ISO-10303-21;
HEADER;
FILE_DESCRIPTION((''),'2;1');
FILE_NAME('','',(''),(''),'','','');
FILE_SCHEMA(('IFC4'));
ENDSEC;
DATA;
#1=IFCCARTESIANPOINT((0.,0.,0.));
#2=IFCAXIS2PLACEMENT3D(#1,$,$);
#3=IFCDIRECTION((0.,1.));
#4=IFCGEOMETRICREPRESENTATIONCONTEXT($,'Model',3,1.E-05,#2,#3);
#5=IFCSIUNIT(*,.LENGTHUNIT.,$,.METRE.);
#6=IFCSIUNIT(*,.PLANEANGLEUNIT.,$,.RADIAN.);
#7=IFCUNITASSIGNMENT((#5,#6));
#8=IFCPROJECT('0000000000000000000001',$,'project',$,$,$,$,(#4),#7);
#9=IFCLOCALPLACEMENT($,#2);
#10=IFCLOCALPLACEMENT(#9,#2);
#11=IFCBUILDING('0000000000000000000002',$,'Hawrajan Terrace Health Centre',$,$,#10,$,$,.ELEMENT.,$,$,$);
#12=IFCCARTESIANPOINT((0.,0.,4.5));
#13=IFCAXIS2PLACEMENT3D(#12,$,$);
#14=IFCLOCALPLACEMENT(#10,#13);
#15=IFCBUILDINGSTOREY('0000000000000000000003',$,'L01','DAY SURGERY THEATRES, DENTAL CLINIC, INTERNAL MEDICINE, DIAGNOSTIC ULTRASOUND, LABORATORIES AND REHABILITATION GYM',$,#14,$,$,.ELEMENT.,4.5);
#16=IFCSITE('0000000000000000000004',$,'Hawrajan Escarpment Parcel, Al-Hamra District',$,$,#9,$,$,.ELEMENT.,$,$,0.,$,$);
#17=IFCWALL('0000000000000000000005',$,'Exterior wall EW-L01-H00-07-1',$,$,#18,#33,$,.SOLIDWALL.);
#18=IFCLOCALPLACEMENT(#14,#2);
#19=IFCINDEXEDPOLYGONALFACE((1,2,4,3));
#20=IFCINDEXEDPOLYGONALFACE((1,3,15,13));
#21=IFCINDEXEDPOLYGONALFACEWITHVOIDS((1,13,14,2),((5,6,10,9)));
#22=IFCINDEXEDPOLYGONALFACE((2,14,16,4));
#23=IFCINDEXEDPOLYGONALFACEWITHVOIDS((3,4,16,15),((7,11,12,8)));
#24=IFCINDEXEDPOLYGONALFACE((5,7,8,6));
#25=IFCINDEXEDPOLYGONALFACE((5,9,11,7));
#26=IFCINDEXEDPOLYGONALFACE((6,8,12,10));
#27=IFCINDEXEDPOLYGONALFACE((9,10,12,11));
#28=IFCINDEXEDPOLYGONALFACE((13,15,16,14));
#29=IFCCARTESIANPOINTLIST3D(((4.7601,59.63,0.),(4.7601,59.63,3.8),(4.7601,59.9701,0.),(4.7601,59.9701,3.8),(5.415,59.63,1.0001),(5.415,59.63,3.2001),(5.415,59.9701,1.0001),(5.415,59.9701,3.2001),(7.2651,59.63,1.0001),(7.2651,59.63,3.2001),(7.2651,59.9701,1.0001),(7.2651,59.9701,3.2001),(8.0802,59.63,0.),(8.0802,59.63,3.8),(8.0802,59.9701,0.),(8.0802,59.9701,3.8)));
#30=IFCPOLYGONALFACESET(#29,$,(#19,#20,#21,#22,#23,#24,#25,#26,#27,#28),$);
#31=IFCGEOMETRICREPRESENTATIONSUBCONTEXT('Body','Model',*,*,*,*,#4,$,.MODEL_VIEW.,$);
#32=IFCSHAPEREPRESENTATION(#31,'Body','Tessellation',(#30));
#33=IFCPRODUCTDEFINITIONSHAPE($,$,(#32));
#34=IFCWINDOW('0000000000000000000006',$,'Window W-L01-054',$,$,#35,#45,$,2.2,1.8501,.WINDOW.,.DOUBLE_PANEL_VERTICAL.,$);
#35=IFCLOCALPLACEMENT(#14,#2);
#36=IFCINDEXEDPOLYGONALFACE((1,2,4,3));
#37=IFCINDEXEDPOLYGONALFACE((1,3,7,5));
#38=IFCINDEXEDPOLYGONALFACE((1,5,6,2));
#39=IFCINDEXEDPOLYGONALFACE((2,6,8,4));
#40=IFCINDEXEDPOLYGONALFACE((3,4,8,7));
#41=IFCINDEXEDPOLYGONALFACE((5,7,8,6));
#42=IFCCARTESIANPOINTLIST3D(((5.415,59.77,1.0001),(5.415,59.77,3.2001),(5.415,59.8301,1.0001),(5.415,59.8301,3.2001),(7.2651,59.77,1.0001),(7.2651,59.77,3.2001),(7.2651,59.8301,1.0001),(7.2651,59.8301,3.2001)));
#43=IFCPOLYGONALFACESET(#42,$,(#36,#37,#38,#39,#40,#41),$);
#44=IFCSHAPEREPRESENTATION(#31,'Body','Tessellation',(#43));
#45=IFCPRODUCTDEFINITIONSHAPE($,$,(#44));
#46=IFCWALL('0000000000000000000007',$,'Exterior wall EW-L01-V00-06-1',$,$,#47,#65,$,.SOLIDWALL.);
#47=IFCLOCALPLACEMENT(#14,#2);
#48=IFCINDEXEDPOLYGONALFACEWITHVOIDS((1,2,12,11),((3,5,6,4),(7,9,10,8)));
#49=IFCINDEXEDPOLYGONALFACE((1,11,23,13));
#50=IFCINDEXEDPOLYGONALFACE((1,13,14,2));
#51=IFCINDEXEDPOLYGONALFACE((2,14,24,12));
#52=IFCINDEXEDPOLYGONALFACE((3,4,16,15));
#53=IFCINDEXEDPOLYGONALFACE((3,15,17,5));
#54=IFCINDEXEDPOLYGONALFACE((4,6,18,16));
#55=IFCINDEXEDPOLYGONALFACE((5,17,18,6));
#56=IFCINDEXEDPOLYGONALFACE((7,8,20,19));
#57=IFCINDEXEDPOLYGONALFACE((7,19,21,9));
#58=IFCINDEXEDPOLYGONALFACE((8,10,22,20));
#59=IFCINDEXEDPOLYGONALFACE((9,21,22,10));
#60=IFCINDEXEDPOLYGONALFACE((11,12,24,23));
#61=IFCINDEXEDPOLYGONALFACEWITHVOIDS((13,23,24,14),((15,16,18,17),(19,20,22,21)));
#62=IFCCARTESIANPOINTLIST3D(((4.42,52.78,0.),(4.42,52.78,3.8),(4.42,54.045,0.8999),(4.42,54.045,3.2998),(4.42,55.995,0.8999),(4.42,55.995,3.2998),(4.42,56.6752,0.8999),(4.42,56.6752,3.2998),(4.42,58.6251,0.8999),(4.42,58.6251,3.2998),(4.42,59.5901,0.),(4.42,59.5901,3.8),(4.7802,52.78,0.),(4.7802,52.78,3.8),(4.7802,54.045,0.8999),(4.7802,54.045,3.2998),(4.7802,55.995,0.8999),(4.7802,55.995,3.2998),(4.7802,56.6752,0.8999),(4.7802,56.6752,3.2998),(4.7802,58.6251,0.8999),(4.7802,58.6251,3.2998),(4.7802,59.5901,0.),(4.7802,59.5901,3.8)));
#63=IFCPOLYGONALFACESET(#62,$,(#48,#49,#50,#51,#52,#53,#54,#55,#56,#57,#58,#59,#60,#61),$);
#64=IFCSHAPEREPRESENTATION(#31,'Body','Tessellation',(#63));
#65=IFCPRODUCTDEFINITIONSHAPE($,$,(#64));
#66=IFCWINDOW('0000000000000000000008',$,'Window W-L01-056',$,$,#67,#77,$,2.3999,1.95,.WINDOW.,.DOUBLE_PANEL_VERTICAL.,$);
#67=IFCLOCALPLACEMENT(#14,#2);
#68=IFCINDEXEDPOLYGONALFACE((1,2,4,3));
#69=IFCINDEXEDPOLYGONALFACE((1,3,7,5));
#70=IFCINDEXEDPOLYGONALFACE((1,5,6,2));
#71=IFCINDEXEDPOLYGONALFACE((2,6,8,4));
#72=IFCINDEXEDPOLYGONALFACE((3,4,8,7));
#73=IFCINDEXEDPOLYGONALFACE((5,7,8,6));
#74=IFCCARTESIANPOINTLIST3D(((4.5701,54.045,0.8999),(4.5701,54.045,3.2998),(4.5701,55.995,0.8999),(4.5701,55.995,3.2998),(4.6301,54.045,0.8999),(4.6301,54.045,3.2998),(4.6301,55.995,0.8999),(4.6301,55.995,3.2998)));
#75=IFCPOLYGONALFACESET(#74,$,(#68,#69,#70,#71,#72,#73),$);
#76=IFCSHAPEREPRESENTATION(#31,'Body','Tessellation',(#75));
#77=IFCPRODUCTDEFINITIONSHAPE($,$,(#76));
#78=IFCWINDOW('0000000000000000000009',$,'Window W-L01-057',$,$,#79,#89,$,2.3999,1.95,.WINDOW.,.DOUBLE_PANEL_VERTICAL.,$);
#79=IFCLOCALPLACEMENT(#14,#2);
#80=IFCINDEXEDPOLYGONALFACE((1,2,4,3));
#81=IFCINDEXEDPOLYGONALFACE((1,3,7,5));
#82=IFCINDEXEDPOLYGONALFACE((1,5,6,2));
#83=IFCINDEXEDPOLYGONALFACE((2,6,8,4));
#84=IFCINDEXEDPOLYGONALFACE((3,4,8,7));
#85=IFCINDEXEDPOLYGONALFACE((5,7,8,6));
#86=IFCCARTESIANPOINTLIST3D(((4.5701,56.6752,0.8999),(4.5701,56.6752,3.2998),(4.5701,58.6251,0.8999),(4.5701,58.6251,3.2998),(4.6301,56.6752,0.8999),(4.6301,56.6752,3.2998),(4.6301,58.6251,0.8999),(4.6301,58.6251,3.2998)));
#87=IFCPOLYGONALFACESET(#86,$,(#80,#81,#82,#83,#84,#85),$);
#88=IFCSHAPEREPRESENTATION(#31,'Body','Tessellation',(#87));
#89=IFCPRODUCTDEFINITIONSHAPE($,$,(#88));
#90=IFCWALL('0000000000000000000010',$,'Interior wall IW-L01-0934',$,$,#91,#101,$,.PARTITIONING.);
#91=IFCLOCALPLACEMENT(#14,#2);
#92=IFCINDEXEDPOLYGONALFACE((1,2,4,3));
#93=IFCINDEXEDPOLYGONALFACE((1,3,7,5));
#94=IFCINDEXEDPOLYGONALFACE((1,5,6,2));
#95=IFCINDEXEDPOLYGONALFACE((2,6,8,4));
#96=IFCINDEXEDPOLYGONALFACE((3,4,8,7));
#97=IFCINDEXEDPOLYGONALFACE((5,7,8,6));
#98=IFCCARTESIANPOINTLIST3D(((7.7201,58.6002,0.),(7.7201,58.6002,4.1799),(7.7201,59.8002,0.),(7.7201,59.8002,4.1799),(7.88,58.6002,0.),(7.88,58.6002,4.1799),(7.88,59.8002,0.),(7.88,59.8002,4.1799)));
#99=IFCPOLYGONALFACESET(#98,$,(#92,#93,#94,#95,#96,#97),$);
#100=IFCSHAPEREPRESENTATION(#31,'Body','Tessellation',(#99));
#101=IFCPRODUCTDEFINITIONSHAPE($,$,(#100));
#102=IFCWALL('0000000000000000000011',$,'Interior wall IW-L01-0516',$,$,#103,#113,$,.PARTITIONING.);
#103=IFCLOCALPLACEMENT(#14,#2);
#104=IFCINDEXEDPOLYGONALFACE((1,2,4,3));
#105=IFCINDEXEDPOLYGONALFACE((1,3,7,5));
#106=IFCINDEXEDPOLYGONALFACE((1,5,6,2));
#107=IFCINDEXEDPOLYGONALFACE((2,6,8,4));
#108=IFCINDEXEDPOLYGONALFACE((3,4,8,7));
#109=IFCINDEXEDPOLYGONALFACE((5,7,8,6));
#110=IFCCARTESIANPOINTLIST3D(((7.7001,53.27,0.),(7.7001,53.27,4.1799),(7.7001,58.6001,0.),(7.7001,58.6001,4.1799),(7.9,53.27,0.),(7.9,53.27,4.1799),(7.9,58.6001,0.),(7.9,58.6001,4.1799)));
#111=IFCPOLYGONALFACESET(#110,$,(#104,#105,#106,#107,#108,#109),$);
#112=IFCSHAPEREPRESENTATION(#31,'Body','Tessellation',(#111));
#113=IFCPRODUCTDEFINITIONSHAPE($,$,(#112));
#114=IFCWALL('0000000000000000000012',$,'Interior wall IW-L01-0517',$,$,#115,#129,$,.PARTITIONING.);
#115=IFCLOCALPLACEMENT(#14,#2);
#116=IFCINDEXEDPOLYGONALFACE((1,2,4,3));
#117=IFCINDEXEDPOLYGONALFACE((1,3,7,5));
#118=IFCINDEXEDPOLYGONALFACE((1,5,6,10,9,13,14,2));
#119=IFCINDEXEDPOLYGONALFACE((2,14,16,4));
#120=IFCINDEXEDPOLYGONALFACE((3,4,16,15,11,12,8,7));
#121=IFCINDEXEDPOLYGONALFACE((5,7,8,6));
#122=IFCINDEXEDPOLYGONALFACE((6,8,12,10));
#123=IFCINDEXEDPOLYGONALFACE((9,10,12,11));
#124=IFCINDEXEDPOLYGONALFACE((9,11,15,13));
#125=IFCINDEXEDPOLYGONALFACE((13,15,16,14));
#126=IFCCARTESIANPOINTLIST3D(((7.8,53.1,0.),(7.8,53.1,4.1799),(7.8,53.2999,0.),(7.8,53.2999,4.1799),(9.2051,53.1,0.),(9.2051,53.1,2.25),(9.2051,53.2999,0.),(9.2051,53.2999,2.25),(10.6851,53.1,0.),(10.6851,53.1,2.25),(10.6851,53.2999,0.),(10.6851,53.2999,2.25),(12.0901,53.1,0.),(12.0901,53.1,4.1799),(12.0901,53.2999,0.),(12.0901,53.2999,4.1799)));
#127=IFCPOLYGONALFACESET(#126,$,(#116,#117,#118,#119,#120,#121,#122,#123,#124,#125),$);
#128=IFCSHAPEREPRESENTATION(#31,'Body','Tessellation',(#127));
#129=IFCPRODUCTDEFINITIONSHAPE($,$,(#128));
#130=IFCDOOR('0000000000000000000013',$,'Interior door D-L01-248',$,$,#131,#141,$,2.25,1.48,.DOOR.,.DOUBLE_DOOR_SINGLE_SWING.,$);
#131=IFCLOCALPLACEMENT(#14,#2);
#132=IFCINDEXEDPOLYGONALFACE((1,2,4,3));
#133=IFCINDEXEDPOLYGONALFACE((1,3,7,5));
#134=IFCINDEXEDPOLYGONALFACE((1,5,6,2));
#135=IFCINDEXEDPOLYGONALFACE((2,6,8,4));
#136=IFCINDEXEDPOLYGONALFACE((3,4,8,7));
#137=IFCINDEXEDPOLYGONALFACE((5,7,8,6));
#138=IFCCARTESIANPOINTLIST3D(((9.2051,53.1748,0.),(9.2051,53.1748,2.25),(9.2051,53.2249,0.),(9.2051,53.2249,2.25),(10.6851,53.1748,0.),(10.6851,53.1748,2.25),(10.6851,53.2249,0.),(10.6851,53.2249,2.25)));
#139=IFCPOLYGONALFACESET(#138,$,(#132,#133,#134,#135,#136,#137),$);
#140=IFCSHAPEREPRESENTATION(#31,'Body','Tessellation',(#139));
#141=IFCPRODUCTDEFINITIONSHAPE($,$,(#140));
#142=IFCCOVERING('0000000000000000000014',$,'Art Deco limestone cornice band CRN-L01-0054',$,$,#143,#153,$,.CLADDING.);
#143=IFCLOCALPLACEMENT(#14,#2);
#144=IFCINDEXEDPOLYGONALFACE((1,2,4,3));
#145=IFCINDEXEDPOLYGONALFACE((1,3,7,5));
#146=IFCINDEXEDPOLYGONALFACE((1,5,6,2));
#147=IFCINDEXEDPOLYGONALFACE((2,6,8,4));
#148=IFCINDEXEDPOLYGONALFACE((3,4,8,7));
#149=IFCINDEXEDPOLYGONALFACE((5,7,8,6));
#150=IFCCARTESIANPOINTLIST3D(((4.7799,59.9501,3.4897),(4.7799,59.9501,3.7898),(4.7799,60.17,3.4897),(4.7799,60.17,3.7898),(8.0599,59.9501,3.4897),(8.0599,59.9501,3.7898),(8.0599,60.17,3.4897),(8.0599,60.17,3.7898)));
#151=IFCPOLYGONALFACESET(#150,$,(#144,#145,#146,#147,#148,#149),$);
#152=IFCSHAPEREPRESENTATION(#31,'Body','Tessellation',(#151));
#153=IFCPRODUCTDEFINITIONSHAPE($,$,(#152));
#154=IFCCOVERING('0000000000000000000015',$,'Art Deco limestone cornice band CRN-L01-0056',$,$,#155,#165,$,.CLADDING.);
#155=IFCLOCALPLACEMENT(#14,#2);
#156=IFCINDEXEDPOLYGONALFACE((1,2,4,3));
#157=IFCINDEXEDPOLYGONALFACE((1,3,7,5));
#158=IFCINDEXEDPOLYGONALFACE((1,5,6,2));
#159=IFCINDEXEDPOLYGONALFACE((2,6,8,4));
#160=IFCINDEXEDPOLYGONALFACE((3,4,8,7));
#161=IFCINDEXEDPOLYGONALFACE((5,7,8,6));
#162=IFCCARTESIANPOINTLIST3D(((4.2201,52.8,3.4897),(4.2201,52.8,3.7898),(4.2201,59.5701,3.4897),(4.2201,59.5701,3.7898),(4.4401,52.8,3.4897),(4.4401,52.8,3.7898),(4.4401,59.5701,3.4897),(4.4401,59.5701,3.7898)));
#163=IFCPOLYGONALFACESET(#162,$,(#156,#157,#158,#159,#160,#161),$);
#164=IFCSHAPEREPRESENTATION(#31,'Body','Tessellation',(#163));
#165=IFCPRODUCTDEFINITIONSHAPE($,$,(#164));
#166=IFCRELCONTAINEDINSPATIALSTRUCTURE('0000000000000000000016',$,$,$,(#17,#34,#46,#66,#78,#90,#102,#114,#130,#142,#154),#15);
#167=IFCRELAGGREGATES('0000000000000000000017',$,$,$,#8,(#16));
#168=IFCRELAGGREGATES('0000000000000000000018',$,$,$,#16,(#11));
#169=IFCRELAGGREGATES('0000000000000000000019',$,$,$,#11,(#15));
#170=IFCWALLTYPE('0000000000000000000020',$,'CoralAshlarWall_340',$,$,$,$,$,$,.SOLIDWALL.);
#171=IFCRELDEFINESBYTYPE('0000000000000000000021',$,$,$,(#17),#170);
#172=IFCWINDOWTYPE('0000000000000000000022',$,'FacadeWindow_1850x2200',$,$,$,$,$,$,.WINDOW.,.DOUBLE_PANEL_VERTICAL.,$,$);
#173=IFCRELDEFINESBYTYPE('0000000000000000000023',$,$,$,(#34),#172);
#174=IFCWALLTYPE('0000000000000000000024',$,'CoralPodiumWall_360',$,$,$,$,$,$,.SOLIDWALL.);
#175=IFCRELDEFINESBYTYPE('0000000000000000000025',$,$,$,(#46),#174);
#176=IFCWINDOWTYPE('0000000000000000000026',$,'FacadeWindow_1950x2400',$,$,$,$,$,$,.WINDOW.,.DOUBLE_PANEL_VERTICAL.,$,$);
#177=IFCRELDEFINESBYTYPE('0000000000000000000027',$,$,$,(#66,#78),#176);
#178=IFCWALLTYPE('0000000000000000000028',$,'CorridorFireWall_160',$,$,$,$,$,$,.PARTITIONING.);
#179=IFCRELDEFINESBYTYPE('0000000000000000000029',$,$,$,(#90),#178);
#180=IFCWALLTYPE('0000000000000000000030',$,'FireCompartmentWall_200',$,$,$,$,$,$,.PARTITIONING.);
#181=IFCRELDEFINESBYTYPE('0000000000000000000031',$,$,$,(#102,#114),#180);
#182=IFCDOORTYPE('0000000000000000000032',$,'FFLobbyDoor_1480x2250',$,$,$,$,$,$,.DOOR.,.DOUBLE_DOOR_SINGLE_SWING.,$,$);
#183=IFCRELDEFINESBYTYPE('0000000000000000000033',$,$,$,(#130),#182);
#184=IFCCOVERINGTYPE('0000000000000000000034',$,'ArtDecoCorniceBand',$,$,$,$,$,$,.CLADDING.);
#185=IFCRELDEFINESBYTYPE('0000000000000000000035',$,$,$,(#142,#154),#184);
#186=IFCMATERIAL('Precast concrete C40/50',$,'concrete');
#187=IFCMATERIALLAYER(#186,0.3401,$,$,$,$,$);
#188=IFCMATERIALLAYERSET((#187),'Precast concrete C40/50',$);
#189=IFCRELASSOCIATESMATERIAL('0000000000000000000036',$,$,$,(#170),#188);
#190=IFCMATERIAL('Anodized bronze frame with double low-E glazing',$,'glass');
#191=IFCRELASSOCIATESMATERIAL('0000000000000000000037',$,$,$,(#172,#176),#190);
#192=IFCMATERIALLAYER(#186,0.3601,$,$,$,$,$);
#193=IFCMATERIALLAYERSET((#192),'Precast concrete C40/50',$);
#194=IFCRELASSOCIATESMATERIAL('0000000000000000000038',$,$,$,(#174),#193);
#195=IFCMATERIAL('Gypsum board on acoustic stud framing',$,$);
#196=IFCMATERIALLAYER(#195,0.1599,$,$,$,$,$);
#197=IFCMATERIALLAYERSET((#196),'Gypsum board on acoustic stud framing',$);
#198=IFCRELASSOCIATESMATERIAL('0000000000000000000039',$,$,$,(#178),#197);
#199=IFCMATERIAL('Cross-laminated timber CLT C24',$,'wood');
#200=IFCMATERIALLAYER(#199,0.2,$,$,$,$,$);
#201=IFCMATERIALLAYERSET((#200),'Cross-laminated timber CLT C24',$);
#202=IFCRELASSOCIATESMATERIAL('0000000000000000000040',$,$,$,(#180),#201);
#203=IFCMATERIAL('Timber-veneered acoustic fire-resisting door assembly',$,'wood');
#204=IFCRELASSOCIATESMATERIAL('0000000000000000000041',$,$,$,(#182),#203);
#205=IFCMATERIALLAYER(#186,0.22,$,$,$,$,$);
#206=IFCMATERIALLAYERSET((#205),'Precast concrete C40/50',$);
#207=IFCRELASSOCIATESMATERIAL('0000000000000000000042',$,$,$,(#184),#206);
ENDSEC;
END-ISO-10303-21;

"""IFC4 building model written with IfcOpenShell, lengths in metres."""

from ifc_helpers import new_model, si_unit, direction, frame, frame_2d, origin, origin_2d, place, context, subcontext, project, spatial, rectangle, extrude, material, layer, layer_set, type_object, element, fill, save


model = new_model("IFC4")

# Units and contexts
model_context = context("Model", 3, precision=1e-05, world=origin(), true_north=direction((0.0, 1.0)))
body_context = subcontext(model_context, "Body", "Model", "MODEL_VIEW")
ifc_project = project(units=[si_unit("LENGTHUNIT", "METRE"), si_unit("PLANEANGLEUNIT", "RADIAN")], contexts=[model_context])

# Site, building, storey
site_placement = place(None, origin())
site = spatial("IfcSite", under=ifc_project, at=site_placement, Name="Hawrajan Escarpment Parcel, Al-Hamra District", CompositionType="ELEMENT", RefElevation=0.0)
building_placement = place(site_placement, origin())
building = spatial("IfcBuilding", under=site, at=building_placement, Name="Hawrajan Terrace Health Centre", CompositionType="ELEMENT")
storey_placement = place(building_placement, frame((0.0, 0.0, 4.5)))
storey = spatial("IfcBuildingStorey", under=building, at=storey_placement, Name="L01", Description="DAY SURGERY THEATRES, DENTAL CLINIC, INTERNAL MEDICINE, DIAGNOSTIC ULTRASOUND, LABORATORIES AND REHABILITATION GYM", CompositionType="ELEMENT", Elevation=4.5)

# Shared definitions
ifc_material_1 = material(Name="Gypsum board on acoustic stud framing")

# Wall, opening, window
ifc_material_2 = material(Name="Precast concrete C40/50", Category="concrete")
ifc_layer_1 = layer(ifc_material_2, 0.3401)
ifc_layer_set_1 = layer_set([ifc_layer_1], Name="Precast concrete C40/50")
wall_type_1 = type_object("IfcWallType", Name="CoralAshlarWall_340", PredefinedType="SOLIDWALL", material=ifc_layer_set_1)
wall_1_placement = place(storey_placement, frame((4.76, 59.8, 0.0), z_axis=(0.0, 0.0, 1.0), x_axis=(1.0, 0.0, 0.0)))
wall_1 = element("IfcWall", 1, at=wall_1_placement, inside=storey, type_object=wall_type_1, Name="Exterior wall EW-L01-H00-07-1", PredefinedType="SOLIDWALL", context=body_context, shape_type="SweptSolid", body=[
    extrude(rectangle(XDim=3.3201, YDim=0.3401, at=frame_2d((1.6602, 0.0))), origin(), (0.0, 0.0, 1.0), 3.8),
])
opening_1_placement = place(wall_1_placement, frame((0.655, 0.0, 1.0)))
opening_1 = element("IfcOpeningElement", 2, at=opening_1_placement, cuts=wall_1, PredefinedType="OPENING", context=body_context, shape_type="SweptSolid", body=[
    extrude(rectangle(XDim=1.8501, YDim=2.2, at=frame_2d((0.925, 1.1001))), frame((0.0, 0.1799, 0.0), z_axis=(0.0, -1.0, 0.0), x_axis=(1.0, 0.0, 0.0)), (0.0, 0.0, 1.0), 0.3601),
])
ifc_material_3 = material(Name="Anodized bronze frame with double low-E glazing", Category="glass")
window_type_1 = type_object("IfcWindowType", Name="FacadeWindow_1850x2200", PartitioningType="DOUBLE_PANEL_VERTICAL", PredefinedType="WINDOW", material=ifc_material_3)
window_1_placement = place(opening_1_placement, origin())
window_1 = element("IfcWindow", 3, at=window_1_placement, inside=storey, type_object=window_type_1, Name="Window W-L01-054", OverallHeight=2.2, OverallWidth=1.8501, PartitioningType="DOUBLE_PANEL_VERTICAL", PredefinedType="WINDOW", context=body_context, shape_type="SweptSolid", body=[
    extrude(rectangle(XDim=1.8501, YDim=2.2, at=frame_2d((0.925, 1.1001))), frame((0.0, 0.03, 0.0), z_axis=(0.0, -1.0, 0.0), x_axis=(1.0, 0.0, 0.0)), (0.0, 0.0, 1.0), 0.0601),
])
fill(opening_1, window_1)

# Wall, openings, windows
ifc_layer_2 = layer(ifc_material_2, 0.3601)
ifc_layer_set_2 = layer_set([ifc_layer_2], Name="Precast concrete C40/50")
wall_type_2 = type_object("IfcWallType", Name="CoralPodiumWall_360", PredefinedType="SOLIDWALL", material=ifc_layer_set_2)
wall_2_placement = place(storey_placement, frame((4.6001, 52.78, 0.0), z_axis=(0.0, 0.0, 1.0), x_axis=(0.0, 1.0, 0.0)))
wall_2 = element("IfcWall", 4, at=wall_2_placement, inside=storey, type_object=wall_type_2, Name="Exterior wall EW-L01-V00-06-1", PredefinedType="SOLIDWALL", context=body_context, shape_type="SweptSolid", body=[
    extrude(rectangle(XDim=6.8101, YDim=0.3601, at=frame_2d((3.405, 0.0))), origin(), (0.0, 0.0, 1.0), 3.8),
])
opening_2_placement = place(wall_2_placement, frame((1.2649, 0.0, 0.8999)))
opening_2 = element("IfcOpeningElement", 5, at=opening_2_placement, cuts=wall_2, PredefinedType="OPENING", context=body_context, shape_type="SweptSolid", body=[
    extrude(rectangle(XDim=1.95, YDim=2.3999, at=frame_2d((0.9751, 1.2))), frame((0.0, 0.1899, 0.0), z_axis=(0.0, -1.0, 0.0), x_axis=(1.0, 0.0, 0.0)), (0.0, 0.0, 1.0), 0.3801),
])
opening_3_placement = place(wall_2_placement, frame((3.895, 0.0, 0.8999)))
opening_3 = element("IfcOpeningElement", 6, at=opening_3_placement, cuts=wall_2, PredefinedType="OPENING", context=body_context, shape_type="SweptSolid", body=[
    extrude(rectangle(XDim=1.95, YDim=2.3999, at=frame_2d((0.9751, 1.2))), frame((0.0, 0.1899, 0.0), z_axis=(0.0, -1.0, 0.0), x_axis=(1.0, 0.0, 0.0)), (0.0, 0.0, 1.0), 0.3801),
])
window_type_2 = type_object("IfcWindowType", Name="FacadeWindow_1950x2400", PartitioningType="DOUBLE_PANEL_VERTICAL", PredefinedType="WINDOW", material=ifc_material_3)
window_2_placement = place(opening_2_placement, origin())
window_2 = element("IfcWindow", 7, at=window_2_placement, inside=storey, type_object=window_type_2, Name="Window W-L01-056", OverallHeight=2.3999, OverallWidth=1.95, PartitioningType="DOUBLE_PANEL_VERTICAL", PredefinedType="WINDOW", context=body_context, shape_type="SweptSolid", body=[
    extrude(rectangle(XDim=1.95, YDim=2.3999, at=frame_2d((0.9751, 1.2))), frame((0.0, 0.03, 0.0), z_axis=(0.0, -1.0, 0.0), x_axis=(1.0, 0.0, 0.0)), (0.0, 0.0, 1.0), 0.0601),
])
fill(opening_2, window_2)
window_3_placement = place(opening_3_placement, origin())
window_3 = element("IfcWindow", 8, at=window_3_placement, inside=storey, type_object=window_type_2, Name="Window W-L01-057", OverallHeight=2.3999, OverallWidth=1.95, PartitioningType="DOUBLE_PANEL_VERTICAL", PredefinedType="WINDOW", context=body_context, shape_type="SweptSolid", body=[
    extrude(rectangle(XDim=1.95, YDim=2.3999, at=frame_2d((0.9751, 1.2))), frame((0.0, 0.03, 0.0), z_axis=(0.0, -1.0, 0.0), x_axis=(1.0, 0.0, 0.0)), (0.0, 0.0, 1.0), 0.0601),
])
fill(opening_3, window_3)

# Walls
ifc_layer_3 = layer(ifc_material_1, 0.1599)
ifc_layer_set_3 = layer_set([ifc_layer_3], Name="Gypsum board on acoustic stud framing")
wall_type_3 = type_object("IfcWallType", Name="CorridorFireWall_160", PredefinedType="PARTITIONING", material=ifc_layer_set_3)
wall_3_placement = place(storey_placement, frame((7.8, 58.6001, 0.0), z_axis=(0.0, 0.0, 1.0), x_axis=(0.0, 1.0, 0.0)))
element("IfcWall", 9, at=wall_3_placement, inside=storey, type_object=wall_type_3, Name="Interior wall IW-L01-0934", PredefinedType="PARTITIONING", context=body_context, shape_type="SweptSolid", body=[
    extrude(rectangle(XDim=1.2, YDim=0.1599, at=frame_2d((0.6001, 0.0))), origin(), (0.0, 0.0, 1.0), 4.1799),
])
ifc_material_4 = material(Name="Cross-laminated timber CLT C24", Category="wood")
ifc_layer_4 = layer(ifc_material_4, 0.2)
ifc_layer_set_4 = layer_set([ifc_layer_4], Name="Cross-laminated timber CLT C24")
wall_type_4 = type_object("IfcWallType", Name="FireCompartmentWall_200", PredefinedType="PARTITIONING", material=ifc_layer_set_4)
wall_4_placement = place(storey_placement, frame((7.8, 53.27, 0.0), z_axis=(0.0, 0.0, 1.0), x_axis=(0.0, 1.0, 0.0)))
element("IfcWall", 10, at=wall_4_placement, inside=storey, type_object=wall_type_4, Name="Interior wall IW-L01-0516", PredefinedType="PARTITIONING", context=body_context, shape_type="SweptSolid", body=[
    extrude(rectangle(XDim=5.3301, YDim=0.2, at=frame_2d((2.665, 0.0))), origin(), (0.0, 0.0, 1.0), 4.1799),
])

# Wall, opening, door
wall_5_placement = place(storey_placement, frame((7.8, 53.2, 0.0), z_axis=(0.0, 0.0, 1.0), x_axis=(1.0, 0.0, 0.0)))
wall_5 = element("IfcWall", 11, at=wall_5_placement, inside=storey, type_object=wall_type_4, Name="Interior wall IW-L01-0517", PredefinedType="PARTITIONING", context=body_context, shape_type="SweptSolid", body=[
    extrude(rectangle(XDim=4.29, YDim=0.2, at=frame_2d((2.145, 0.0))), origin(), (0.0, 0.0, 1.0), 4.1799),
])
opening_4_placement = place(wall_5_placement, frame((1.405, 0.0, 0.0)))
opening_4 = element("IfcOpeningElement", 12, at=opening_4_placement, cuts=wall_5, PredefinedType="OPENING", context=body_context, shape_type="SweptSolid", body=[
    extrude(rectangle(XDim=1.48, YDim=2.25, at=frame_2d((0.74, 1.125))), frame((0.0, 0.1099, 0.0), z_axis=(0.0, -1.0, 0.0), x_axis=(1.0, 0.0, 0.0)), (0.0, 0.0, 1.0), 0.22),
])
ifc_material_5 = material(Name="Timber-veneered acoustic fire-resisting door assembly", Category="wood")
door_type_1 = type_object("IfcDoorType", Name="FFLobbyDoor_1480x2250", OperationType="DOUBLE_DOOR_SINGLE_SWING", PredefinedType="DOOR", material=ifc_material_5)
door_1_placement = place(opening_4_placement, origin())
door_1 = element("IfcDoor", 13, at=door_1_placement, inside=storey, type_object=door_type_1, Name="Interior door D-L01-248", OperationType="DOUBLE_DOOR_SINGLE_SWING", OverallHeight=2.25, OverallWidth=1.48, PredefinedType="DOOR", context=body_context, shape_type="SweptSolid", body=[
    extrude(rectangle(XDim=1.48, YDim=2.25, at=frame_2d((0.74, 1.125))), frame((0.0, 0.0249, 0.0), z_axis=(0.0, -1.0, 0.0), x_axis=(1.0, 0.0, 0.0)), (0.0, 0.0, 1.0), 0.05),
])
fill(opening_4, door_1)

# Coverings
ifc_layer_5 = layer(ifc_material_2, 0.22)
ifc_layer_set_5 = layer_set([ifc_layer_5], Name="Precast concrete C40/50")
covering_type_1 = type_object("IfcCoveringType", Name="ArtDecoCorniceBand", PredefinedType="CLADDING", material=ifc_layer_set_5)
covering_1_placement = place(storey_placement, frame((6.4199, 60.0601, 3.4897), z_axis=(0.0, 0.0, 1.0), x_axis=(1.0, 0.0, 0.0)))
element("IfcCovering", 14, at=covering_1_placement, inside=storey, type_object=covering_type_1, Name="Art Deco limestone cornice band CRN-L01-0054", PredefinedType="CLADDING", context=body_context, shape_type="SweptSolid", body=[
    extrude(rectangle(XDim=3.28, YDim=0.22, at=origin_2d()), origin(), (0.0, 0.0, 1.0), 0.3),
])
covering_2_placement = place(storey_placement, frame((4.3301, 56.1851, 3.4897), z_axis=(0.0, 0.0, 1.0), x_axis=(0.0, 1.0, 0.0)))
element("IfcCovering", 15, at=covering_2_placement, inside=storey, type_object=covering_type_1, Name="Art Deco limestone cornice band CRN-L01-0056", PredefinedType="CLADDING", context=body_context, shape_type="SweptSolid", body=[
    extrude(rectangle(XDim=6.77, YDim=0.22, at=origin_2d()), origin(), (0.0, 0.0, 1.0), 0.3),
])

save(model, "model.ifc")
